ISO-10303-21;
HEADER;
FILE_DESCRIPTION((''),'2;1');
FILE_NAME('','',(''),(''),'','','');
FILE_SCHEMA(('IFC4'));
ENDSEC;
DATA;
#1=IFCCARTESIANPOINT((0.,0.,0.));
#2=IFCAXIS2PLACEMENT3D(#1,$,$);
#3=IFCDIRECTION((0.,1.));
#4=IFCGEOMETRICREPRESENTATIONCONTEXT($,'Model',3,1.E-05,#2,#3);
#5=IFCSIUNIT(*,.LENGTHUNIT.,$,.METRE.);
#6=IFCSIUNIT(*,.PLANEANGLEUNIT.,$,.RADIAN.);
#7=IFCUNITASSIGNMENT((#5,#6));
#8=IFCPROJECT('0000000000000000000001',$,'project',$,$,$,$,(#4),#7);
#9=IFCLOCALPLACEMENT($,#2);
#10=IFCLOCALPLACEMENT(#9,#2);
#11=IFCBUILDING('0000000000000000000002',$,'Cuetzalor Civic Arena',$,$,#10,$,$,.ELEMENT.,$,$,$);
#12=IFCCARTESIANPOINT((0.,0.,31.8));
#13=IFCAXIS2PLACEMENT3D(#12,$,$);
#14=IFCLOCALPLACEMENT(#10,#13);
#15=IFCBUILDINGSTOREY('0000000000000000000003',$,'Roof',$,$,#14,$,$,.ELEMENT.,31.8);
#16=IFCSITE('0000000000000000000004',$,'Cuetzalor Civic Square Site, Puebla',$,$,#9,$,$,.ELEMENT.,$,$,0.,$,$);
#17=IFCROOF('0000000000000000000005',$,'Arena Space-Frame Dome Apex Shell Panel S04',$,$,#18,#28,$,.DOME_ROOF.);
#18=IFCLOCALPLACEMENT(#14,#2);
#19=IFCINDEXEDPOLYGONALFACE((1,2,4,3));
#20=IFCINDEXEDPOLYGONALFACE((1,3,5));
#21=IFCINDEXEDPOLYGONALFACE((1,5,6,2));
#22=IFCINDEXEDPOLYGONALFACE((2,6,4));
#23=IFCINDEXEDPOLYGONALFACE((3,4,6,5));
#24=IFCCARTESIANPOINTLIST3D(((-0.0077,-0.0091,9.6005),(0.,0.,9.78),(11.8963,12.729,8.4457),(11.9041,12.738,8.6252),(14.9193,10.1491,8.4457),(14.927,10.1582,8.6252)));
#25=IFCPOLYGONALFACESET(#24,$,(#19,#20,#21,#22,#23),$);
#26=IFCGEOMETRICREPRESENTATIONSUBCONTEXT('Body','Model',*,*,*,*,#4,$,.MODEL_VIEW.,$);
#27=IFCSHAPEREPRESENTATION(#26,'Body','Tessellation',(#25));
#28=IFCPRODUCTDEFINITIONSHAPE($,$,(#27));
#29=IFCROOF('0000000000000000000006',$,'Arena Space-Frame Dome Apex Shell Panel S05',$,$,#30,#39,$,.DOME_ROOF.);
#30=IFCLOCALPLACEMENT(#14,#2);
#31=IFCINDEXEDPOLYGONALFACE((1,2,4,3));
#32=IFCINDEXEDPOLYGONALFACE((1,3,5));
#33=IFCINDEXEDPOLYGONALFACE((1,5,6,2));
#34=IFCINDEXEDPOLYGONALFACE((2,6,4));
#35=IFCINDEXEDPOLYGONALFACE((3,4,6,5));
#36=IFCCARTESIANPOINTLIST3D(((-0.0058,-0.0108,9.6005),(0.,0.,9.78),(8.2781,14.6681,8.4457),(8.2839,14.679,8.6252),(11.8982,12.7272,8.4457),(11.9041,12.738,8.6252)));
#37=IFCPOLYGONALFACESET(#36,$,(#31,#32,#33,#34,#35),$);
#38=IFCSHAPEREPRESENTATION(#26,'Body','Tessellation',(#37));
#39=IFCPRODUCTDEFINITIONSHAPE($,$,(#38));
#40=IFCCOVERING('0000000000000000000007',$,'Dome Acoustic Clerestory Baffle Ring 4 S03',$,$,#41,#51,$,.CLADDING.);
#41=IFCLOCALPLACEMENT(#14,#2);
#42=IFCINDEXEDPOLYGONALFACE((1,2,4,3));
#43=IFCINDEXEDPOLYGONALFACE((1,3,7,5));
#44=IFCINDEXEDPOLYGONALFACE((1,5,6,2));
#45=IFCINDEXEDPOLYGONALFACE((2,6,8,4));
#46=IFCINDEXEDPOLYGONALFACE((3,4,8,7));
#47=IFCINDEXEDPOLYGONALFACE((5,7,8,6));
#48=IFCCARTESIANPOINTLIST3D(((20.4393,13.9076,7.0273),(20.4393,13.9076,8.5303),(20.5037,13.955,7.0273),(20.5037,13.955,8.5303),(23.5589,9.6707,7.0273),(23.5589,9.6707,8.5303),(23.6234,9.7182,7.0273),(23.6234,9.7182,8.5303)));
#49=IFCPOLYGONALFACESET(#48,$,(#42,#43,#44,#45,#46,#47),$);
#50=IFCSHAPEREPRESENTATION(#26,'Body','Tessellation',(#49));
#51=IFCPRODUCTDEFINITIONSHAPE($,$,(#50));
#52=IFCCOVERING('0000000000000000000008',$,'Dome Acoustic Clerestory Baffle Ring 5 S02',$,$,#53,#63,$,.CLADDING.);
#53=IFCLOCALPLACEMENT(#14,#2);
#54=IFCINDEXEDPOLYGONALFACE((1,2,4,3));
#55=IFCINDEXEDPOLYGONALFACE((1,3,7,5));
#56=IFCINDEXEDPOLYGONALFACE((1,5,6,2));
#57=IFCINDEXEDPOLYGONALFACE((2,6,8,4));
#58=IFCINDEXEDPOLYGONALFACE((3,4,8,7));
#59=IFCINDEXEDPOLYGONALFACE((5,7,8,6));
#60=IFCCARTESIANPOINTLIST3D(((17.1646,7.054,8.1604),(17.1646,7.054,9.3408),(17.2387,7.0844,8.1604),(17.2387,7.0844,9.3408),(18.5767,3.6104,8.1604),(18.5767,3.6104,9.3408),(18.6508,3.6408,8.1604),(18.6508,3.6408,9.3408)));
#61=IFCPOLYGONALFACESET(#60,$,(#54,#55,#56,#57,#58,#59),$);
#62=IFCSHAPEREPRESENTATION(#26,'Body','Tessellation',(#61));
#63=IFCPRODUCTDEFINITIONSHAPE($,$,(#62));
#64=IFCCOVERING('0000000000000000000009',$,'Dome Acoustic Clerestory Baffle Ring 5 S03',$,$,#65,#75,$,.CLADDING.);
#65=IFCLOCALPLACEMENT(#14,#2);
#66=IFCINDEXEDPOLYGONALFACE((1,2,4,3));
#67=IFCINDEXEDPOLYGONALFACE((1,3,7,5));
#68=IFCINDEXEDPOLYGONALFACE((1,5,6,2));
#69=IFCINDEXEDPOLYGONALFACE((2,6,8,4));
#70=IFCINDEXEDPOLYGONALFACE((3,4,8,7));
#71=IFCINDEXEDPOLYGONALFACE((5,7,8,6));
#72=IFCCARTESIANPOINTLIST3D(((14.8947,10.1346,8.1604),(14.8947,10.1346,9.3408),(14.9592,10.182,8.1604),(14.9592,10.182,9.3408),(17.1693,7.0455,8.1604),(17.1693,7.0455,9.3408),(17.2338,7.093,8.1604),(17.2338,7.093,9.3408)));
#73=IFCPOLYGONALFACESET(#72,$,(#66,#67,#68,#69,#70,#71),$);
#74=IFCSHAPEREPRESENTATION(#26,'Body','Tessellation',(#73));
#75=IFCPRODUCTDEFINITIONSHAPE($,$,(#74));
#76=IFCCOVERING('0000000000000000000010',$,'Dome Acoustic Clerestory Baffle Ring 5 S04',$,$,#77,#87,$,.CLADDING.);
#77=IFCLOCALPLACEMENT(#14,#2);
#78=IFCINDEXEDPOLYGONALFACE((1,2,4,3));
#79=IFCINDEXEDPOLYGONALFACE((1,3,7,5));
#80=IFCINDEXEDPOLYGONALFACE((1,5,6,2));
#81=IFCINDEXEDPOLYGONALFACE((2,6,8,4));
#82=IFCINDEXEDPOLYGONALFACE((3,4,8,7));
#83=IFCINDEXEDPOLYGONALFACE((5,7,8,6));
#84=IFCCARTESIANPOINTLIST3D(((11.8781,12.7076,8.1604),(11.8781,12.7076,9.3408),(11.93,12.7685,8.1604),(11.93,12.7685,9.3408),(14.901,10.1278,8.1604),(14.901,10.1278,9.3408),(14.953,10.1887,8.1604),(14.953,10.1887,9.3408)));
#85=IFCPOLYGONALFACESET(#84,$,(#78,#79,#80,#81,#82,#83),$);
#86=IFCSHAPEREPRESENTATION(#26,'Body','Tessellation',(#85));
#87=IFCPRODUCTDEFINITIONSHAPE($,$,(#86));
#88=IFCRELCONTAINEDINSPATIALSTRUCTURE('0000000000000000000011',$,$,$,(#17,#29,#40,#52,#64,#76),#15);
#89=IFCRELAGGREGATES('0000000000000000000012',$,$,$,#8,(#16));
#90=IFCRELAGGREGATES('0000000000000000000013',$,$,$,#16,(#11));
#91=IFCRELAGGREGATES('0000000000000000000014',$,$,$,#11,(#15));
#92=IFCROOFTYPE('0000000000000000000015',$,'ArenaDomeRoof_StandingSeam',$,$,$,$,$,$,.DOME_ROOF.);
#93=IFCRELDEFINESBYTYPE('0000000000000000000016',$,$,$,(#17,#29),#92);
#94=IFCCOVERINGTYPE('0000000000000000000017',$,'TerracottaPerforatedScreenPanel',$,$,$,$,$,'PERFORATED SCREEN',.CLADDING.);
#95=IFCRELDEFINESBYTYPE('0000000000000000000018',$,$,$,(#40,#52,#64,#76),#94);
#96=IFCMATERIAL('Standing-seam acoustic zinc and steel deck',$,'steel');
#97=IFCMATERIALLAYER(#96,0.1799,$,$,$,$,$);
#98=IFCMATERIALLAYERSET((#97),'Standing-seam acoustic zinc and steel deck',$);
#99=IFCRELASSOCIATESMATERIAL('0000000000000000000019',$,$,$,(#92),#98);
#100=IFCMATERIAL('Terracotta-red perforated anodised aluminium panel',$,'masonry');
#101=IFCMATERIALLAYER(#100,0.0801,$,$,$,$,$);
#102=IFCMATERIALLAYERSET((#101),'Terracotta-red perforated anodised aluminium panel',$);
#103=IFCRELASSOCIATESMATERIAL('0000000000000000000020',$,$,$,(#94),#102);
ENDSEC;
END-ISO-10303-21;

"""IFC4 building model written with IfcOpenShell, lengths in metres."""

from ifc_helpers import new_model, si_unit, direction, frame, frame_2d, origin, place, context, subcontext, project, spatial, polyline, rectangle, outline, extrude, material, layer, layer_set, type_object, element, save


model = new_model("IFC4")

# Units and contexts
model_context = context("Model", 3, precision=1e-05, world=origin(), true_north=direction((0.0, 1.0)))
body_context = subcontext(model_context, "Body", "Model", "MODEL_VIEW")
ifc_project = project(units=[si_unit("LENGTHUNIT", "METRE"), si_unit("PLANEANGLEUNIT", "RADIAN")], contexts=[model_context])

# Site, building, storey
site_placement = place(None, origin())
site = spatial("IfcSite", under=ifc_project, at=site_placement, Name="Cuetzalor Civic Square Site, Puebla", CompositionType="ELEMENT", RefElevation=0.0)
building_placement = place(site_placement, origin())
building = spatial("IfcBuilding", under=site, at=building_placement, Name="Cuetzalor Civic Arena", CompositionType="ELEMENT")
storey_placement = place(building_placement, frame((0.0, 0.0, 31.8)))
storey = spatial("IfcBuildingStorey", under=building, at=storey_placement, Name="Roof", CompositionType="ELEMENT", Elevation=31.8)

# Roofs
ifc_material_1 = material(Name="Standing-seam acoustic zinc and steel deck", Category="steel")
ifc_layer_1 = layer(ifc_material_1, 0.1799)
ifc_layer_set_1 = layer_set([ifc_layer_1], Name="Standing-seam acoustic zinc and steel deck")
roof_type = type_object("IfcRoofType", Name="ArenaDomeRoof_StandingSeam", PredefinedType="DOME_ROOF", material=ifc_layer_set_1)
roof_1_placement = place(storey_placement, frame((14.927, 10.1582, 8.6252), z_axis=(0.042947, 0.050323, 0.997809), x_axis=(-0.760656, 0.649156, 0.0)))
element("IfcRoof", 1, at=roof_1_placement, inside=storey, type_object=roof_type, Name="Arena Space-Frame Dome Apex Shell Panel S04", PredefinedType="DOME_ROOF", context=body_context, shape_type="SweptSolid", body=[
    extrude(outline(polyline([(0.0, 0.0), (3.9741, 0.0), (4.7601, 17.4551), (0.0, 0.0)])), origin(), (0.0, 0.0, -1.0), 0.1799),
])
roof_2_placement = place(storey_placement, frame((11.9041, 12.738, 8.6252), z_axis=(0.032305, 0.060254, 0.99766), x_axis=(-0.881321, 0.472518, 0.0)))
element("IfcRoof", 2, at=roof_2_placement, inside=storey, type_object=roof_type, Name="Arena Space-Frame Dome Apex Shell Panel S05", PredefinedType="DOME_ROOF", context=body_context, shape_type="SweptSolid", body=[
    extrude(outline(polyline([(0.0, 0.0), (4.1076, 0.0), (4.4723, 16.8907), (0.0, 0.0)])), origin(), (0.0, 0.0, -1.0), 0.1799),
])

# Coverings
ifc_material_2 = material(Name="Terracotta-red perforated anodised aluminium panel", Category="masonry")
ifc_layer_2 = layer(ifc_material_2, 0.0801)
ifc_layer_set_2 = layer_set([ifc_layer_2], Name="Terracotta-red perforated anodised aluminium panel")
covering_type = type_object("IfcCoveringType", Name="TerracottaPerforatedScreenPanel", ElementType="PERFORATED SCREEN", PredefinedType="CLADDING", material=ifc_layer_set_2)
covering_1_placement = place(storey_placement, frame((20.4714, 13.9314, 7.0273), z_axis=(0.0, 0.0, 1.0), x_axis=(0.592924, -0.805259, 0.0)))
element("IfcCovering", 3, at=covering_1_placement, inside=storey, type_object=covering_type, Name="Dome Acoustic Clerestory Baffle Ring 4 S03", PredefinedType="CLADDING", context=body_context, shape_type="SweptSolid", body=[
    extrude(rectangle(XDim=5.2615, YDim=0.0801, at=frame_2d((2.6309, 0.0))), origin(), (0.0, 0.0, 1.0), 1.5029),
])
covering_2_placement = place(storey_placement, frame((17.2017, 7.0691, 8.1604), z_axis=(0.0, 0.0, 1.0), x_axis=(0.379407, -0.92523, 0.0)))
element("IfcCovering", 4, at=covering_2_placement, inside=storey, type_object=covering_type, Name="Dome Acoustic Clerestory Baffle Ring 5 S02", PredefinedType="CLADDING", context=body_context, shape_type="SweptSolid", body=[
    extrude(rectangle(XDim=3.7219, YDim=0.0801, at=frame_2d((1.8608, 0.0))), origin(), (0.0, 0.0, 1.0), 1.1804),
])
covering_3_placement = place(storey_placement, frame((14.927, 10.1582, 8.1604), z_axis=(0.0, 0.0, 1.0), x_axis=(0.592941, -0.805246, 0.0)))
element("IfcCovering", 5, at=covering_3_placement, inside=storey, type_object=covering_type, Name="Dome Acoustic Clerestory Baffle Ring 5 S03", PredefinedType="CLADDING", context=body_context, shape_type="SweptSolid", body=[
    extrude(rectangle(XDim=3.8362, YDim=0.0801, at=frame_2d((1.918, 0.0))), origin(), (0.0, 0.0, 1.0), 1.1804),
])
covering_4_placement = place(storey_placement, frame((11.9041, 12.738, 8.1604), z_axis=(0.0, 0.0, 1.0), x_axis=(0.760656, -0.649156, 0.0)))
element("IfcCovering", 6, at=covering_4_placement, inside=storey, type_object=covering_type, Name="Dome Acoustic Clerestory Baffle Ring 5 S04", PredefinedType="CLADDING", context=body_context, shape_type="SweptSolid", body=[
    extrude(rectangle(XDim=3.9741, YDim=0.0801, at=frame_2d((1.9871, 0.0))), origin(), (0.0, 0.0, 1.0), 1.1804),
])

save(model, "model.ifc")
